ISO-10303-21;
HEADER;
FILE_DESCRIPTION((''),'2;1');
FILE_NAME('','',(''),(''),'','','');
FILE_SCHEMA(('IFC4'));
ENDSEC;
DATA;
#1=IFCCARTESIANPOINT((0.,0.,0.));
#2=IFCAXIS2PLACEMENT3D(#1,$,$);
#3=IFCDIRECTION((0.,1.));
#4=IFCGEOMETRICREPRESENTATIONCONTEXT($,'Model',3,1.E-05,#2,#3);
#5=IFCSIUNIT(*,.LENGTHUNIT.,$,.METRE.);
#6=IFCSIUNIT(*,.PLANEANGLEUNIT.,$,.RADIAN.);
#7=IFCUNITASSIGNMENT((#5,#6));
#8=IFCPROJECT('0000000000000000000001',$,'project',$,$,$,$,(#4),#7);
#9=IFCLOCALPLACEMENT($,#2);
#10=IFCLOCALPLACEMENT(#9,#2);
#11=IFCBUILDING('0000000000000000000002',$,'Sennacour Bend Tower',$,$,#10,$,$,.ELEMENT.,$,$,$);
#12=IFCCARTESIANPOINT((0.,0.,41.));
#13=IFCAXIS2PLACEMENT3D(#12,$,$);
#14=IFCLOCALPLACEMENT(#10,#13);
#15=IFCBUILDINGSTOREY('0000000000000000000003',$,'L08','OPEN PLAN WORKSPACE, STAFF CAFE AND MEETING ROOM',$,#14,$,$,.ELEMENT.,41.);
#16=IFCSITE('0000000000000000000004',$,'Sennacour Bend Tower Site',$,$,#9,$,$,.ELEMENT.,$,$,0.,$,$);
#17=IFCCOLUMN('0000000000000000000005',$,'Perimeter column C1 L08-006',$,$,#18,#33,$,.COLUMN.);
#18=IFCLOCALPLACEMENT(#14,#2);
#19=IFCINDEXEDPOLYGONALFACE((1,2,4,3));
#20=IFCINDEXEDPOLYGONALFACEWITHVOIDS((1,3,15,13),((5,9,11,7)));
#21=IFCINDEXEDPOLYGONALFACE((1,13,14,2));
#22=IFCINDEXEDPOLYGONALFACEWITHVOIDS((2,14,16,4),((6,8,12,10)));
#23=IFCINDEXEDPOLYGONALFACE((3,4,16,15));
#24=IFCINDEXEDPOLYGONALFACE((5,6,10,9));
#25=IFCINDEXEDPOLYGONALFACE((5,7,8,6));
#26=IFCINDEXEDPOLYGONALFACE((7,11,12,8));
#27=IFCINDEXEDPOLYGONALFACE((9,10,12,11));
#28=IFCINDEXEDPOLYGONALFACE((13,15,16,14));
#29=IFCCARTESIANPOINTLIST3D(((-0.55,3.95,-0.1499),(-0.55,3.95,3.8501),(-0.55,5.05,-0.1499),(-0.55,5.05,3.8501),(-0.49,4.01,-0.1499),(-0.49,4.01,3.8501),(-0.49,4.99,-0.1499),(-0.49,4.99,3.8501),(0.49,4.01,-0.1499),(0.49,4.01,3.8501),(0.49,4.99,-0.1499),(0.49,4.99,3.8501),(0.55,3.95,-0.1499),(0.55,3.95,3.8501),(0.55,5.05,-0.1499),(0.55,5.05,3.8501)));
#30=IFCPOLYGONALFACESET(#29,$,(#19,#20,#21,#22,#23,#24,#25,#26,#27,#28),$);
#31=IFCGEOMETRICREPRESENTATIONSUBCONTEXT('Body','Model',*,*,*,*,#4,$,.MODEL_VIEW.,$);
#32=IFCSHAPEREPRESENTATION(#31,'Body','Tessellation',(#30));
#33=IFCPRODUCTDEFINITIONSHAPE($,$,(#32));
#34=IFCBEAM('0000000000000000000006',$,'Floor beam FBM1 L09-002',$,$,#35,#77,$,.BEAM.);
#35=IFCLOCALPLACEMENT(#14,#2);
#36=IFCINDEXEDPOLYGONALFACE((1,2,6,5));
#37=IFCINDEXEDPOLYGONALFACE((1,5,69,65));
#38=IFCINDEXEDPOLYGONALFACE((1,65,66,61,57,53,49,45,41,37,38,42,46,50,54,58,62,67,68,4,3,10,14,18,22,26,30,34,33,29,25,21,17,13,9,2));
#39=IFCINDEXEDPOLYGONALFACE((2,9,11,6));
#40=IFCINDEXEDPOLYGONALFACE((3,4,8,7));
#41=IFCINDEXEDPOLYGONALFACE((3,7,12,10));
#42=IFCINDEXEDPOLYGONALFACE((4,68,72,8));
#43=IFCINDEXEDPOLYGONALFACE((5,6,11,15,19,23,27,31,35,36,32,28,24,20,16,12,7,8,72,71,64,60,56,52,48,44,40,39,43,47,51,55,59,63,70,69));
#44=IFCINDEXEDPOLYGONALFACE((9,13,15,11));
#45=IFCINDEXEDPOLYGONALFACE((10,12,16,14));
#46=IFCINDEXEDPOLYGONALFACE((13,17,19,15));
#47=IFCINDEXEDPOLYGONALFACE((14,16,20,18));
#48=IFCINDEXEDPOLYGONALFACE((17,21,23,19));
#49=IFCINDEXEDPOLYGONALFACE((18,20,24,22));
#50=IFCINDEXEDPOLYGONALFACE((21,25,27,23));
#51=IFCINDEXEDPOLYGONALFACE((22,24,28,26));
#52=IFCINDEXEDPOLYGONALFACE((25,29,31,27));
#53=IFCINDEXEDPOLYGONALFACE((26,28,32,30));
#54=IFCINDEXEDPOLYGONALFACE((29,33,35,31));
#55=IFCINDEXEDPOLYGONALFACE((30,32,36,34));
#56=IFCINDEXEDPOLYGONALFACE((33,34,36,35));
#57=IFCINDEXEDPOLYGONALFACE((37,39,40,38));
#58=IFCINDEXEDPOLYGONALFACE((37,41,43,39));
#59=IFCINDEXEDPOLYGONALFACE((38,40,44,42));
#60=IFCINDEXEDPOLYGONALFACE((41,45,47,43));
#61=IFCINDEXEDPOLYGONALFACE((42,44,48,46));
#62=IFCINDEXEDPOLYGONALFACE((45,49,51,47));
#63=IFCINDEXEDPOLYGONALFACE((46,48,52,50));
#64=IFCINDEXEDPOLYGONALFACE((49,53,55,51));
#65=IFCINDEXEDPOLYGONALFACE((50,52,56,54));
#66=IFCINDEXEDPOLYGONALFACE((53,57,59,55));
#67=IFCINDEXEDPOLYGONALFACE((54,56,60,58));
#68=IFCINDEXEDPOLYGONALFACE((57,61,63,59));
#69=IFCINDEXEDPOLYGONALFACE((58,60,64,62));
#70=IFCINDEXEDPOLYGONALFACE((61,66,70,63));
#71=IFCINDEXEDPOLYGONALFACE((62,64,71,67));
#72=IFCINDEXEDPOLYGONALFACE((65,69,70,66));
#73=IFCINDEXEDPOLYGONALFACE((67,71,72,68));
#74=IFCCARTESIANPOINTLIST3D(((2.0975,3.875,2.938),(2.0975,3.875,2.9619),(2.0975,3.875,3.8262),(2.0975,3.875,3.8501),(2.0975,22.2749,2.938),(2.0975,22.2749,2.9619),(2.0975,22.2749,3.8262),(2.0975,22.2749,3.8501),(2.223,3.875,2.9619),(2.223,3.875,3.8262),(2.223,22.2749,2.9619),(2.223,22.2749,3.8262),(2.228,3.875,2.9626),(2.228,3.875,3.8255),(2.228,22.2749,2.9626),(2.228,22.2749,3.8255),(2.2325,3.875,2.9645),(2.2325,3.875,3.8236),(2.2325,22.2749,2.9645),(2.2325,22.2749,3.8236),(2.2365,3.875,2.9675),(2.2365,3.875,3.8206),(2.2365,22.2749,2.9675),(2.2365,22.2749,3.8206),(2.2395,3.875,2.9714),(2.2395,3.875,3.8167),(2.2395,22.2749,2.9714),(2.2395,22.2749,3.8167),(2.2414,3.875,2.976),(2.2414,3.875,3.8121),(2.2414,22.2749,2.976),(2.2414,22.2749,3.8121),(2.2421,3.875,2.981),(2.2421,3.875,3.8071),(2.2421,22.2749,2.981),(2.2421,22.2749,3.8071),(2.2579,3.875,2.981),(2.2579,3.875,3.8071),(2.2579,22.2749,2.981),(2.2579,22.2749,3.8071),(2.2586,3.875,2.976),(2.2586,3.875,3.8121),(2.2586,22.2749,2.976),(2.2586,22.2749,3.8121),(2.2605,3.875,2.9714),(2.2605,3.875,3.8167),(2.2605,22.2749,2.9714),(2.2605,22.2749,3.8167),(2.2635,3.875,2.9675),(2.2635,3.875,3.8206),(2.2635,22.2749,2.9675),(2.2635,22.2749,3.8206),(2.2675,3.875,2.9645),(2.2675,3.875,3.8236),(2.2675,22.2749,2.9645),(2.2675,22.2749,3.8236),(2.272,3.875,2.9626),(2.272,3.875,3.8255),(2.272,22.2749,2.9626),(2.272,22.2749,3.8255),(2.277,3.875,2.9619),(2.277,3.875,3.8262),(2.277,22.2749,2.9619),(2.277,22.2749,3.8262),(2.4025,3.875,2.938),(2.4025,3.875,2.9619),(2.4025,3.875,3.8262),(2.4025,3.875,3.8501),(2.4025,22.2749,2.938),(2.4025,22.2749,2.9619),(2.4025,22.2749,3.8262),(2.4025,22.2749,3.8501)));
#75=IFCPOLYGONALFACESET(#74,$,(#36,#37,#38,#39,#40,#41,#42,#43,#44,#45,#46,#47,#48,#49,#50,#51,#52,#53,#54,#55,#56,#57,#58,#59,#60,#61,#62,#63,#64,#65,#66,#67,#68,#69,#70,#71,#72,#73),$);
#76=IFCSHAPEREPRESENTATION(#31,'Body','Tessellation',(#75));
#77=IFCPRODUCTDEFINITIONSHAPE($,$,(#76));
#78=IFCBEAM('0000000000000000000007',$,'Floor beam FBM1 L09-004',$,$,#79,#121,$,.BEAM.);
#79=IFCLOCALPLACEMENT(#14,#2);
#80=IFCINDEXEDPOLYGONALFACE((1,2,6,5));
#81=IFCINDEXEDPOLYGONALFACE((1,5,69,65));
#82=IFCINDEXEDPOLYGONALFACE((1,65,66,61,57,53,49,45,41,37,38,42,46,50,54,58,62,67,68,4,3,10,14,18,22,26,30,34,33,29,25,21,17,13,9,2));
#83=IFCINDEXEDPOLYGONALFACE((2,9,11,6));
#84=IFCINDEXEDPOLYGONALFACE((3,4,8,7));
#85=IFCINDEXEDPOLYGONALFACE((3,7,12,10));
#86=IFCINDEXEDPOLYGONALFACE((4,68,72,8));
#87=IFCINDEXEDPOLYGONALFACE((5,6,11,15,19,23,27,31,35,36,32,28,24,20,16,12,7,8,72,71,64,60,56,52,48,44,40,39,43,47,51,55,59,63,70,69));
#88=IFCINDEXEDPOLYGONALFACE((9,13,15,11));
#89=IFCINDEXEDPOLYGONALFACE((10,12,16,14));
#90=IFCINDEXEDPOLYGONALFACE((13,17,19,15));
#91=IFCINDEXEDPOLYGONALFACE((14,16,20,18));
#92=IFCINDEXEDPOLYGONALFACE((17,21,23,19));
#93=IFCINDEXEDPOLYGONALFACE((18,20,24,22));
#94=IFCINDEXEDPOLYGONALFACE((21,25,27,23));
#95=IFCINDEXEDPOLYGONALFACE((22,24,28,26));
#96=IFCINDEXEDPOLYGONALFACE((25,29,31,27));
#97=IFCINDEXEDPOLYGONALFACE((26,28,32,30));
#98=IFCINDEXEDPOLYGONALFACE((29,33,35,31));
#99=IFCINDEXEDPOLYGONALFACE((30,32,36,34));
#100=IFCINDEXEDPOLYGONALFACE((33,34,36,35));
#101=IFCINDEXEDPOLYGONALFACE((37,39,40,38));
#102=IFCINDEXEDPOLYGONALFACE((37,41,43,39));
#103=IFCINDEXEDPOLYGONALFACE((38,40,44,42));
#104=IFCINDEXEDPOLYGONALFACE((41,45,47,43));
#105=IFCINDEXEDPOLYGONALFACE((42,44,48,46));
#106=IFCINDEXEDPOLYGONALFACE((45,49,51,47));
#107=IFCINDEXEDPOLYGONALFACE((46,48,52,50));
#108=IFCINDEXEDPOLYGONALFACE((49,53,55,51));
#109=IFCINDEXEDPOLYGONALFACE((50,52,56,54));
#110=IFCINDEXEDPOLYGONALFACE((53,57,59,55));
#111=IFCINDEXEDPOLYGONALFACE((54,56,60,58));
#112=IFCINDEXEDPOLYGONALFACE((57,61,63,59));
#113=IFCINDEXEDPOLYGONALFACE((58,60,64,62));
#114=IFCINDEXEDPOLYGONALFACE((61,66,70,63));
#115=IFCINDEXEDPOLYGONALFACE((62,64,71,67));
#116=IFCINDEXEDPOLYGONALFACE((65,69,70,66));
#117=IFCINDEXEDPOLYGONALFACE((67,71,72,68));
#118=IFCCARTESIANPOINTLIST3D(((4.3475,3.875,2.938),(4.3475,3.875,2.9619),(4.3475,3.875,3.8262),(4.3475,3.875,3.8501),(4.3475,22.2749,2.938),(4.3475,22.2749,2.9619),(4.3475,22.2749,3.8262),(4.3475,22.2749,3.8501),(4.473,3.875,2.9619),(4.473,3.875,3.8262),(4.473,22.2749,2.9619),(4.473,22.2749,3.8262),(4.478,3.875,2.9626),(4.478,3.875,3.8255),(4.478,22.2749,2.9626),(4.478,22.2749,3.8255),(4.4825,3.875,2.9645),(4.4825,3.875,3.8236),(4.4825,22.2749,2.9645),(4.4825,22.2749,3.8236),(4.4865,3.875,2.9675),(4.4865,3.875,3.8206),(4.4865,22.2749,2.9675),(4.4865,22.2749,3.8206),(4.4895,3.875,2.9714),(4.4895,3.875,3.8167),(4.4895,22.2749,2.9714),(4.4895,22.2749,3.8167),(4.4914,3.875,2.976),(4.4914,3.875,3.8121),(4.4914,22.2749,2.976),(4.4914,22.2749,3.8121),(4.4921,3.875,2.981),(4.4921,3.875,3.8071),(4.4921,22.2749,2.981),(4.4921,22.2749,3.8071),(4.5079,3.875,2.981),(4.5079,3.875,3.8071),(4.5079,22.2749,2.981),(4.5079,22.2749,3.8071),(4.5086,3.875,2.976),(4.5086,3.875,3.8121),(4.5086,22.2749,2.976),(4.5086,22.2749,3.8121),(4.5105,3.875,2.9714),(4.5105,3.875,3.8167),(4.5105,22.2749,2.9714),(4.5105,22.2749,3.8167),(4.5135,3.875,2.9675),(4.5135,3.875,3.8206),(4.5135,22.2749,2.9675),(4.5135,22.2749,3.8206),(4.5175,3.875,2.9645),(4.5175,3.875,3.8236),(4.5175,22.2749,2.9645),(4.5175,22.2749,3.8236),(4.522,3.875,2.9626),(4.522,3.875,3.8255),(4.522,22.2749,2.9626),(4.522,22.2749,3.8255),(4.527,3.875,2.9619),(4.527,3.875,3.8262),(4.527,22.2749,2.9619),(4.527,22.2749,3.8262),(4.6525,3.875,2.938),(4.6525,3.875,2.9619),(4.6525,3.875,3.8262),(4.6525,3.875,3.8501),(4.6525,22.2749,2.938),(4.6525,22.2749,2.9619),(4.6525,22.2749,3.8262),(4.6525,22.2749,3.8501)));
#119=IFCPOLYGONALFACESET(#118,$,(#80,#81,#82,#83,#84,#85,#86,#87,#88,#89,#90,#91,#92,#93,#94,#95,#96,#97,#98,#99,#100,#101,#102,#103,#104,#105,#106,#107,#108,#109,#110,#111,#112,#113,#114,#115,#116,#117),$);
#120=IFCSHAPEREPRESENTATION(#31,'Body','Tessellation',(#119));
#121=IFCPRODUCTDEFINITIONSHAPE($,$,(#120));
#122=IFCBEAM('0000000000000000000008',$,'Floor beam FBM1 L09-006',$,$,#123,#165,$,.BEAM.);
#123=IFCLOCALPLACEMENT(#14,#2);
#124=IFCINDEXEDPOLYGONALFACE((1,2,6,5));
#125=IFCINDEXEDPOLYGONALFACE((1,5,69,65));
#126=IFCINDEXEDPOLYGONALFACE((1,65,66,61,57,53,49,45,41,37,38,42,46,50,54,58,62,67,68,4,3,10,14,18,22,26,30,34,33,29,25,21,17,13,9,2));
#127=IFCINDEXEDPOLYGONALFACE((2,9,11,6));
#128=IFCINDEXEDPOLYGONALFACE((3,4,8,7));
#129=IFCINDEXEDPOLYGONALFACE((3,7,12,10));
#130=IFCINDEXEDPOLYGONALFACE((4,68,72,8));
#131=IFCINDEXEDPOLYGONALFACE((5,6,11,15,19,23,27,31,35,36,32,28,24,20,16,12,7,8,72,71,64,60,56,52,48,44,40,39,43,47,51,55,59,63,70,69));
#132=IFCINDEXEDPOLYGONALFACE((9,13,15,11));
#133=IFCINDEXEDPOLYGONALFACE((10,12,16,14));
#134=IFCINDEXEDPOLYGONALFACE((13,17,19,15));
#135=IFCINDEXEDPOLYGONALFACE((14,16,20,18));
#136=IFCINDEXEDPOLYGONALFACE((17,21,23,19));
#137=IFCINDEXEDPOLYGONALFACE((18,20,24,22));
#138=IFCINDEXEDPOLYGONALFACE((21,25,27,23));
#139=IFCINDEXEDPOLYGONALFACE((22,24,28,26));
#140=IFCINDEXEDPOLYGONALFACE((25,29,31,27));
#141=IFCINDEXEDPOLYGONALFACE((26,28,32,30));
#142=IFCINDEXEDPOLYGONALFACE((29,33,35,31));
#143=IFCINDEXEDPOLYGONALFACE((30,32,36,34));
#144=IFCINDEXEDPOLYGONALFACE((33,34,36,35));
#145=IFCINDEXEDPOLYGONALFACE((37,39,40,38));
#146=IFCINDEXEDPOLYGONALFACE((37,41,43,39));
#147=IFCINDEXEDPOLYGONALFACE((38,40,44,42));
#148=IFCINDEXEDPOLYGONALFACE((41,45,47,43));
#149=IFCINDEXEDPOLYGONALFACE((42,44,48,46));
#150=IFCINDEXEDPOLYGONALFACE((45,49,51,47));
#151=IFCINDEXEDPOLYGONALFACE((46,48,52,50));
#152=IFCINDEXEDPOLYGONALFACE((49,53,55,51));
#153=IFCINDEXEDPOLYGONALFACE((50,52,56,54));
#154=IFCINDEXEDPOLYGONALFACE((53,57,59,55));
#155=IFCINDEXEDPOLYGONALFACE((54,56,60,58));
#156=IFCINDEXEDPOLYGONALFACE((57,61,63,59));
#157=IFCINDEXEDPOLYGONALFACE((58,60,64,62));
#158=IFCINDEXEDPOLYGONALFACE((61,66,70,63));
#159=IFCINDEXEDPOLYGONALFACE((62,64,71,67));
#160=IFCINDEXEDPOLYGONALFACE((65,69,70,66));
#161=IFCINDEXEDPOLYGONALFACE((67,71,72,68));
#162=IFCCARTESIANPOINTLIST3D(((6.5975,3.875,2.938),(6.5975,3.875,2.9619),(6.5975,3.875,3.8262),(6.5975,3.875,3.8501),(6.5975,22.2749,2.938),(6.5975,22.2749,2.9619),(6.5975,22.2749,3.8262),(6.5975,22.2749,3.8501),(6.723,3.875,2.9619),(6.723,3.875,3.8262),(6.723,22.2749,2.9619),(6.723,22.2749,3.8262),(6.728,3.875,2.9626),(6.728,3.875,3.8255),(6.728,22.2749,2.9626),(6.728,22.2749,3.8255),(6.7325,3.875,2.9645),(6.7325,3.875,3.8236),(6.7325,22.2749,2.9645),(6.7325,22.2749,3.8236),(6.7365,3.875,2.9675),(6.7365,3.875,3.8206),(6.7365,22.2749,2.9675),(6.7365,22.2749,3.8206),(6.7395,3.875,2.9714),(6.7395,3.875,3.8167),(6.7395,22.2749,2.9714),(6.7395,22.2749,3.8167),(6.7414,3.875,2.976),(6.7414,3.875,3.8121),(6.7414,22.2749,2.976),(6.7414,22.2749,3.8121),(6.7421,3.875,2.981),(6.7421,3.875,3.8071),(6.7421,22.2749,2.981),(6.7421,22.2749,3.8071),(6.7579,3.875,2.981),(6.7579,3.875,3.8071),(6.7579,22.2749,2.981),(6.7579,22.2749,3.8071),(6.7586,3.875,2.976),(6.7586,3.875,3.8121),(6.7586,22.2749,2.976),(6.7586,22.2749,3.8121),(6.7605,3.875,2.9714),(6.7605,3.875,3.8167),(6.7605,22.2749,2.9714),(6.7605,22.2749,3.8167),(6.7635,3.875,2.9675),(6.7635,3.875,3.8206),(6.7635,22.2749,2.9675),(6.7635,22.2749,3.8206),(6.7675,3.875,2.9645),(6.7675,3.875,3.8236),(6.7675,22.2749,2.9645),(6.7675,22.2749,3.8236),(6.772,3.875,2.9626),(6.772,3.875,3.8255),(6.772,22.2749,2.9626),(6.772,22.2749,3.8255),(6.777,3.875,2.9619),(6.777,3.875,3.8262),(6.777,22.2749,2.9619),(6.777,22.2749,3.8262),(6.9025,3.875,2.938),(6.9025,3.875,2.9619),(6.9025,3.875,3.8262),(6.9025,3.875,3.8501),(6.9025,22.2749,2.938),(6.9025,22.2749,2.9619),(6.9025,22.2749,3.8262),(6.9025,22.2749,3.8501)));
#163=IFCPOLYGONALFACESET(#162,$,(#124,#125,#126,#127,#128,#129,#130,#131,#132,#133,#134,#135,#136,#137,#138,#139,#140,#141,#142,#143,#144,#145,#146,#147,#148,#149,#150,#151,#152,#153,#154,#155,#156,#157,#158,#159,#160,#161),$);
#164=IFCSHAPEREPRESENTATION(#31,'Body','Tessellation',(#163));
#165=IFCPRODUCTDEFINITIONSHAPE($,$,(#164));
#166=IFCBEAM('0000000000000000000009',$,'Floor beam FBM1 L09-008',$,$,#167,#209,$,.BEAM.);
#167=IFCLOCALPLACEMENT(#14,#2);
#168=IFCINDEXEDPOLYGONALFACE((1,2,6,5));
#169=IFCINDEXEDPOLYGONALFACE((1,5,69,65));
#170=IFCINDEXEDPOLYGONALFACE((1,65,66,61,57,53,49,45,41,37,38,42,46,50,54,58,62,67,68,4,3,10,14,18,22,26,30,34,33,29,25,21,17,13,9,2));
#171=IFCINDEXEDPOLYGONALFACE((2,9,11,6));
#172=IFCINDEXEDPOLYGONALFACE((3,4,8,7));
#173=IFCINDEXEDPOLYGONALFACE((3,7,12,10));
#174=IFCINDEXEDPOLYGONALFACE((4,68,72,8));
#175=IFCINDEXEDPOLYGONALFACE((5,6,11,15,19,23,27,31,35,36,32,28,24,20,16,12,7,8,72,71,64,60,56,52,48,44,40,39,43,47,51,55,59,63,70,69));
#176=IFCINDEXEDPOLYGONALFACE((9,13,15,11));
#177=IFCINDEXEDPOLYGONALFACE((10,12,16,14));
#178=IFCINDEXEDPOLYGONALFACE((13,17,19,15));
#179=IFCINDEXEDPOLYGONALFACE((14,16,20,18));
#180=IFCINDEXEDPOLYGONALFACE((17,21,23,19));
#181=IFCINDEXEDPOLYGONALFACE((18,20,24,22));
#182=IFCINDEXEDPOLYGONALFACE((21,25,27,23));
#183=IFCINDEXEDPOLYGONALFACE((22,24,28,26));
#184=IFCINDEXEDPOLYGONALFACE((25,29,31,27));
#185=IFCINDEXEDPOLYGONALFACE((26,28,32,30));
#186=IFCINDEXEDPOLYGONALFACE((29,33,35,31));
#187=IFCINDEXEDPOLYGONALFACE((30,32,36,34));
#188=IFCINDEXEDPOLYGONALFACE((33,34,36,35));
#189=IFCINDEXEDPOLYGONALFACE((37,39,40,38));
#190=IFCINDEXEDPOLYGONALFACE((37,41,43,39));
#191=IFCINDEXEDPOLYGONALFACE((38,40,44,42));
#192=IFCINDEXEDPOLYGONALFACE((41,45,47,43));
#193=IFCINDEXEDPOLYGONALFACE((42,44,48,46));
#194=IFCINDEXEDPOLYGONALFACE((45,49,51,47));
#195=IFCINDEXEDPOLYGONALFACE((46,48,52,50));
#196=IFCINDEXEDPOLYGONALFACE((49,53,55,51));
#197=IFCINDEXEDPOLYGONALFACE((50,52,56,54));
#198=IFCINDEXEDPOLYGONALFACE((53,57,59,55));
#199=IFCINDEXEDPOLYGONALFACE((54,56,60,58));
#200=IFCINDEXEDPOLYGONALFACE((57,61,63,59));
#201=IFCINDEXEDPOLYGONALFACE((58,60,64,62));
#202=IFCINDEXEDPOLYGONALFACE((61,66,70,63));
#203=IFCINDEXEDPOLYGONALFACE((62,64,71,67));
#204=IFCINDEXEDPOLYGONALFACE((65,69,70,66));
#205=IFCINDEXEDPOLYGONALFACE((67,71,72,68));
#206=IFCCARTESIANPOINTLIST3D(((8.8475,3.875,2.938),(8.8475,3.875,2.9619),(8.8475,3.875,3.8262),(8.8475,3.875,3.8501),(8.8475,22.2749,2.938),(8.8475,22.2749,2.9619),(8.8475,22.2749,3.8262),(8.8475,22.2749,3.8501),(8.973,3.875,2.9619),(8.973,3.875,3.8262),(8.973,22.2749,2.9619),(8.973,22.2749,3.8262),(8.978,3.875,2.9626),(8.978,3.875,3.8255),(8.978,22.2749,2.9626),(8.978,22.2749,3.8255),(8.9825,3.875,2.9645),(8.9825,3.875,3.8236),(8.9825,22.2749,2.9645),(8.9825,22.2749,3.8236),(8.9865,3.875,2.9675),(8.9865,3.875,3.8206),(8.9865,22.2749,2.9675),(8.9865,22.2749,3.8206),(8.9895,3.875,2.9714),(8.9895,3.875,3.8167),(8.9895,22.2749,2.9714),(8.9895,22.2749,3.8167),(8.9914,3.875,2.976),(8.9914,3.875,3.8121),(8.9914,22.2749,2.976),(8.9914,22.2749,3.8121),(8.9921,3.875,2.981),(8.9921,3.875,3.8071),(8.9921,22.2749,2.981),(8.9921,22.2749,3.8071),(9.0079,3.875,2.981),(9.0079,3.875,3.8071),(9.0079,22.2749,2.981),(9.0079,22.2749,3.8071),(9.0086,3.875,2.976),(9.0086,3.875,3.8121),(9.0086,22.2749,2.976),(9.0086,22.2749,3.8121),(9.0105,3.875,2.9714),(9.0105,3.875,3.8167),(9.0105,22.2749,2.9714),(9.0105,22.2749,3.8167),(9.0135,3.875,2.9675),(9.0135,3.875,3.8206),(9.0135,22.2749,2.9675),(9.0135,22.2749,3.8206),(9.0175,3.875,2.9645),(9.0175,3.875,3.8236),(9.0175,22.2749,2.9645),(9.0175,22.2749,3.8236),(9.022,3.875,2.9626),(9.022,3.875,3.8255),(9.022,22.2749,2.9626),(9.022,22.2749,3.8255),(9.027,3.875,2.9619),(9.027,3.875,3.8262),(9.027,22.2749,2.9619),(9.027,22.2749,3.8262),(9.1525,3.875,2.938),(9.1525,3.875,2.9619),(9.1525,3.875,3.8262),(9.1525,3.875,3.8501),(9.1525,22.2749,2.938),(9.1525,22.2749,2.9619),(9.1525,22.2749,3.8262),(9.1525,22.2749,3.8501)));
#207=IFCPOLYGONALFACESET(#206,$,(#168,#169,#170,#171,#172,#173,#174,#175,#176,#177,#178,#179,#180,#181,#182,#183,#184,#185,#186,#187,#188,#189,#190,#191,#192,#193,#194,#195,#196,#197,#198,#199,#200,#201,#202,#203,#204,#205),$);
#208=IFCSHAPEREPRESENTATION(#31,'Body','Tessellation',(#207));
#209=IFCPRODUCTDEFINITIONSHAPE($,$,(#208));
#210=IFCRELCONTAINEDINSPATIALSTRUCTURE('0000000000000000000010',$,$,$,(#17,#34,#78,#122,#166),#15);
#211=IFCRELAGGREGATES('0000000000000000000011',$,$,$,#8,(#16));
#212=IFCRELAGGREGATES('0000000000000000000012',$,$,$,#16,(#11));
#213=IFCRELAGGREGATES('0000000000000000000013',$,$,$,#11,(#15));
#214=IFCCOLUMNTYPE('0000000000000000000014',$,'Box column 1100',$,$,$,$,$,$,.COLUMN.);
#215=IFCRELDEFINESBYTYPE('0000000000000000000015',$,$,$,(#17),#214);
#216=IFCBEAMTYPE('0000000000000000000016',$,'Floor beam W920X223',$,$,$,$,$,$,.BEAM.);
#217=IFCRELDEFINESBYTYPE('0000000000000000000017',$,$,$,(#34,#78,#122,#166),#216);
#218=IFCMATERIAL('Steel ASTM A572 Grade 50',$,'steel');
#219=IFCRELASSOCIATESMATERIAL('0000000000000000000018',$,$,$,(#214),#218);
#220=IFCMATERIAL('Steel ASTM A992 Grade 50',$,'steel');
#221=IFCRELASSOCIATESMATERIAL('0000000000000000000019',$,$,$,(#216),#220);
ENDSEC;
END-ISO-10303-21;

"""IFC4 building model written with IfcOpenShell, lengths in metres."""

from ifc_helpers import new_model, si_unit, direction, frame, origin, origin_2d, place, context, subcontext, project, spatial, hollow_rectangle, i_section, extrude, material, material_profile, profile_set, type_object, element, save


model = new_model("IFC4")

# Units and contexts
model_context = context("Model", 3, precision=1e-05, world=origin(), true_north=direction((0.0, 1.0)))
body_context = subcontext(model_context, "Body", "Model", "MODEL_VIEW")
ifc_project = project(units=[si_unit("LENGTHUNIT", "METRE"), si_unit("PLANEANGLEUNIT", "RADIAN")], contexts=[model_context])

# Site, building, storey
site_placement = place(None, origin())
site = spatial("IfcSite", under=ifc_project, at=site_placement, Name="Sennacour Bend Tower Site", CompositionType="ELEMENT", RefElevation=0.0)
building_placement = place(site_placement, origin())
building = spatial("IfcBuilding", under=site, at=building_placement, Name="Sennacour Bend Tower", CompositionType="ELEMENT")
storey_placement = place(building_placement, frame((0.0, 0.0, 41.0)))
storey = spatial("IfcBuildingStorey", under=building, at=storey_placement, Name="L08", Description="OPEN PLAN WORKSPACE, STAFF CAFE AND MEETING ROOM", CompositionType="ELEMENT", Elevation=41.0)

# Column
ifc_material_1 = material(Name="Steel ASTM A572 Grade 50", Category="steel")
ifc_material_profile_1 = material_profile(ifc_material_1, hollow_rectangle(XDim=1.1001, YDim=1.1001, WallThickness=0.0601, at=origin_2d()), Name="Steel ASTM A572 Grade 50", Category="steel")
ifc_profile_set_1 = profile_set([ifc_material_profile_1], Name="Steel ASTM A572 Grade 50")
column_type = type_object("IfcColumnType", Name="Box column 1100", PredefinedType="COLUMN", material=ifc_profile_set_1)
column_placement = place(storey_placement, frame((0.0, 4.5, -0.1499), z_axis=(0.0, 0.0, 1.0), x_axis=(1.0, 0.0, 0.0)))
element("IfcColumn", 1, at=column_placement, inside=storey, type_object=column_type, Name="Perimeter column C1 L08-006", PredefinedType="COLUMN", context=body_context, shape_type="SweptSolid", body=[
    extrude(hollow_rectangle(XDim=1.1001, YDim=1.1001, WallThickness=0.0601, at=origin_2d()), origin(), (0.0, 0.0, 1.0), 4.0),
])

# Beams
ifc_material_2 = material(Name="Steel ASTM A992 Grade 50", Category="steel")
ifc_material_profile_2 = material_profile(ifc_material_2, i_section(OverallWidth=0.3049, OverallDepth=0.9121, WebThickness=0.0159, FlangeThickness=0.0239, FilletRadius=0.019, at=origin_2d()), Name="Steel ASTM A992 Grade 50", Category="steel")
ifc_profile_set_2 = profile_set([ifc_material_profile_2], Name="Steel ASTM A992 Grade 50")
beam_type_1 = type_object("IfcBeamType", Name="Floor beam W920X223", PredefinedType="BEAM", material=ifc_profile_set_2)
for number, where, z_axis, x_axis, name in (
    (2, (2.25, 3.875, 3.394), (0.0, 1.0, 0.0), (-1.0, 0.0, 0.0), "Floor beam FBM1 L09-002"),
    (3, (4.5, 3.875, 3.394), (0.0, 1.0, 0.0), (-1.0, 0.0, 0.0), "Floor beam FBM1 L09-004"),
    (4, (6.75, 3.875, 3.394), (0.0, 1.0, 0.0), (-1.0, 0.0, 0.0), "Floor beam FBM1 L09-006"),
    (5, (9.0, 3.875, 3.394), (0.0, 1.0, 0.0), (-1.0, 0.0, 0.0), "Floor beam FBM1 L09-008"),
):
    element("IfcBeam", number, at=place(storey_placement, frame(where, z_axis=z_axis, x_axis=x_axis)), inside=storey, type_object=beam_type_1, Name=name, PredefinedType="BEAM", context=body_context, shape_type="SweptSolid", body=[
        extrude(i_section(OverallWidth=0.3049, OverallDepth=0.9121, WebThickness=0.0159, FlangeThickness=0.0239, FilletRadius=0.019, at=origin_2d()), origin(), (0.0, 0.0, 1.0), 18.3999),
    ])

save(model, "model.ifc")
